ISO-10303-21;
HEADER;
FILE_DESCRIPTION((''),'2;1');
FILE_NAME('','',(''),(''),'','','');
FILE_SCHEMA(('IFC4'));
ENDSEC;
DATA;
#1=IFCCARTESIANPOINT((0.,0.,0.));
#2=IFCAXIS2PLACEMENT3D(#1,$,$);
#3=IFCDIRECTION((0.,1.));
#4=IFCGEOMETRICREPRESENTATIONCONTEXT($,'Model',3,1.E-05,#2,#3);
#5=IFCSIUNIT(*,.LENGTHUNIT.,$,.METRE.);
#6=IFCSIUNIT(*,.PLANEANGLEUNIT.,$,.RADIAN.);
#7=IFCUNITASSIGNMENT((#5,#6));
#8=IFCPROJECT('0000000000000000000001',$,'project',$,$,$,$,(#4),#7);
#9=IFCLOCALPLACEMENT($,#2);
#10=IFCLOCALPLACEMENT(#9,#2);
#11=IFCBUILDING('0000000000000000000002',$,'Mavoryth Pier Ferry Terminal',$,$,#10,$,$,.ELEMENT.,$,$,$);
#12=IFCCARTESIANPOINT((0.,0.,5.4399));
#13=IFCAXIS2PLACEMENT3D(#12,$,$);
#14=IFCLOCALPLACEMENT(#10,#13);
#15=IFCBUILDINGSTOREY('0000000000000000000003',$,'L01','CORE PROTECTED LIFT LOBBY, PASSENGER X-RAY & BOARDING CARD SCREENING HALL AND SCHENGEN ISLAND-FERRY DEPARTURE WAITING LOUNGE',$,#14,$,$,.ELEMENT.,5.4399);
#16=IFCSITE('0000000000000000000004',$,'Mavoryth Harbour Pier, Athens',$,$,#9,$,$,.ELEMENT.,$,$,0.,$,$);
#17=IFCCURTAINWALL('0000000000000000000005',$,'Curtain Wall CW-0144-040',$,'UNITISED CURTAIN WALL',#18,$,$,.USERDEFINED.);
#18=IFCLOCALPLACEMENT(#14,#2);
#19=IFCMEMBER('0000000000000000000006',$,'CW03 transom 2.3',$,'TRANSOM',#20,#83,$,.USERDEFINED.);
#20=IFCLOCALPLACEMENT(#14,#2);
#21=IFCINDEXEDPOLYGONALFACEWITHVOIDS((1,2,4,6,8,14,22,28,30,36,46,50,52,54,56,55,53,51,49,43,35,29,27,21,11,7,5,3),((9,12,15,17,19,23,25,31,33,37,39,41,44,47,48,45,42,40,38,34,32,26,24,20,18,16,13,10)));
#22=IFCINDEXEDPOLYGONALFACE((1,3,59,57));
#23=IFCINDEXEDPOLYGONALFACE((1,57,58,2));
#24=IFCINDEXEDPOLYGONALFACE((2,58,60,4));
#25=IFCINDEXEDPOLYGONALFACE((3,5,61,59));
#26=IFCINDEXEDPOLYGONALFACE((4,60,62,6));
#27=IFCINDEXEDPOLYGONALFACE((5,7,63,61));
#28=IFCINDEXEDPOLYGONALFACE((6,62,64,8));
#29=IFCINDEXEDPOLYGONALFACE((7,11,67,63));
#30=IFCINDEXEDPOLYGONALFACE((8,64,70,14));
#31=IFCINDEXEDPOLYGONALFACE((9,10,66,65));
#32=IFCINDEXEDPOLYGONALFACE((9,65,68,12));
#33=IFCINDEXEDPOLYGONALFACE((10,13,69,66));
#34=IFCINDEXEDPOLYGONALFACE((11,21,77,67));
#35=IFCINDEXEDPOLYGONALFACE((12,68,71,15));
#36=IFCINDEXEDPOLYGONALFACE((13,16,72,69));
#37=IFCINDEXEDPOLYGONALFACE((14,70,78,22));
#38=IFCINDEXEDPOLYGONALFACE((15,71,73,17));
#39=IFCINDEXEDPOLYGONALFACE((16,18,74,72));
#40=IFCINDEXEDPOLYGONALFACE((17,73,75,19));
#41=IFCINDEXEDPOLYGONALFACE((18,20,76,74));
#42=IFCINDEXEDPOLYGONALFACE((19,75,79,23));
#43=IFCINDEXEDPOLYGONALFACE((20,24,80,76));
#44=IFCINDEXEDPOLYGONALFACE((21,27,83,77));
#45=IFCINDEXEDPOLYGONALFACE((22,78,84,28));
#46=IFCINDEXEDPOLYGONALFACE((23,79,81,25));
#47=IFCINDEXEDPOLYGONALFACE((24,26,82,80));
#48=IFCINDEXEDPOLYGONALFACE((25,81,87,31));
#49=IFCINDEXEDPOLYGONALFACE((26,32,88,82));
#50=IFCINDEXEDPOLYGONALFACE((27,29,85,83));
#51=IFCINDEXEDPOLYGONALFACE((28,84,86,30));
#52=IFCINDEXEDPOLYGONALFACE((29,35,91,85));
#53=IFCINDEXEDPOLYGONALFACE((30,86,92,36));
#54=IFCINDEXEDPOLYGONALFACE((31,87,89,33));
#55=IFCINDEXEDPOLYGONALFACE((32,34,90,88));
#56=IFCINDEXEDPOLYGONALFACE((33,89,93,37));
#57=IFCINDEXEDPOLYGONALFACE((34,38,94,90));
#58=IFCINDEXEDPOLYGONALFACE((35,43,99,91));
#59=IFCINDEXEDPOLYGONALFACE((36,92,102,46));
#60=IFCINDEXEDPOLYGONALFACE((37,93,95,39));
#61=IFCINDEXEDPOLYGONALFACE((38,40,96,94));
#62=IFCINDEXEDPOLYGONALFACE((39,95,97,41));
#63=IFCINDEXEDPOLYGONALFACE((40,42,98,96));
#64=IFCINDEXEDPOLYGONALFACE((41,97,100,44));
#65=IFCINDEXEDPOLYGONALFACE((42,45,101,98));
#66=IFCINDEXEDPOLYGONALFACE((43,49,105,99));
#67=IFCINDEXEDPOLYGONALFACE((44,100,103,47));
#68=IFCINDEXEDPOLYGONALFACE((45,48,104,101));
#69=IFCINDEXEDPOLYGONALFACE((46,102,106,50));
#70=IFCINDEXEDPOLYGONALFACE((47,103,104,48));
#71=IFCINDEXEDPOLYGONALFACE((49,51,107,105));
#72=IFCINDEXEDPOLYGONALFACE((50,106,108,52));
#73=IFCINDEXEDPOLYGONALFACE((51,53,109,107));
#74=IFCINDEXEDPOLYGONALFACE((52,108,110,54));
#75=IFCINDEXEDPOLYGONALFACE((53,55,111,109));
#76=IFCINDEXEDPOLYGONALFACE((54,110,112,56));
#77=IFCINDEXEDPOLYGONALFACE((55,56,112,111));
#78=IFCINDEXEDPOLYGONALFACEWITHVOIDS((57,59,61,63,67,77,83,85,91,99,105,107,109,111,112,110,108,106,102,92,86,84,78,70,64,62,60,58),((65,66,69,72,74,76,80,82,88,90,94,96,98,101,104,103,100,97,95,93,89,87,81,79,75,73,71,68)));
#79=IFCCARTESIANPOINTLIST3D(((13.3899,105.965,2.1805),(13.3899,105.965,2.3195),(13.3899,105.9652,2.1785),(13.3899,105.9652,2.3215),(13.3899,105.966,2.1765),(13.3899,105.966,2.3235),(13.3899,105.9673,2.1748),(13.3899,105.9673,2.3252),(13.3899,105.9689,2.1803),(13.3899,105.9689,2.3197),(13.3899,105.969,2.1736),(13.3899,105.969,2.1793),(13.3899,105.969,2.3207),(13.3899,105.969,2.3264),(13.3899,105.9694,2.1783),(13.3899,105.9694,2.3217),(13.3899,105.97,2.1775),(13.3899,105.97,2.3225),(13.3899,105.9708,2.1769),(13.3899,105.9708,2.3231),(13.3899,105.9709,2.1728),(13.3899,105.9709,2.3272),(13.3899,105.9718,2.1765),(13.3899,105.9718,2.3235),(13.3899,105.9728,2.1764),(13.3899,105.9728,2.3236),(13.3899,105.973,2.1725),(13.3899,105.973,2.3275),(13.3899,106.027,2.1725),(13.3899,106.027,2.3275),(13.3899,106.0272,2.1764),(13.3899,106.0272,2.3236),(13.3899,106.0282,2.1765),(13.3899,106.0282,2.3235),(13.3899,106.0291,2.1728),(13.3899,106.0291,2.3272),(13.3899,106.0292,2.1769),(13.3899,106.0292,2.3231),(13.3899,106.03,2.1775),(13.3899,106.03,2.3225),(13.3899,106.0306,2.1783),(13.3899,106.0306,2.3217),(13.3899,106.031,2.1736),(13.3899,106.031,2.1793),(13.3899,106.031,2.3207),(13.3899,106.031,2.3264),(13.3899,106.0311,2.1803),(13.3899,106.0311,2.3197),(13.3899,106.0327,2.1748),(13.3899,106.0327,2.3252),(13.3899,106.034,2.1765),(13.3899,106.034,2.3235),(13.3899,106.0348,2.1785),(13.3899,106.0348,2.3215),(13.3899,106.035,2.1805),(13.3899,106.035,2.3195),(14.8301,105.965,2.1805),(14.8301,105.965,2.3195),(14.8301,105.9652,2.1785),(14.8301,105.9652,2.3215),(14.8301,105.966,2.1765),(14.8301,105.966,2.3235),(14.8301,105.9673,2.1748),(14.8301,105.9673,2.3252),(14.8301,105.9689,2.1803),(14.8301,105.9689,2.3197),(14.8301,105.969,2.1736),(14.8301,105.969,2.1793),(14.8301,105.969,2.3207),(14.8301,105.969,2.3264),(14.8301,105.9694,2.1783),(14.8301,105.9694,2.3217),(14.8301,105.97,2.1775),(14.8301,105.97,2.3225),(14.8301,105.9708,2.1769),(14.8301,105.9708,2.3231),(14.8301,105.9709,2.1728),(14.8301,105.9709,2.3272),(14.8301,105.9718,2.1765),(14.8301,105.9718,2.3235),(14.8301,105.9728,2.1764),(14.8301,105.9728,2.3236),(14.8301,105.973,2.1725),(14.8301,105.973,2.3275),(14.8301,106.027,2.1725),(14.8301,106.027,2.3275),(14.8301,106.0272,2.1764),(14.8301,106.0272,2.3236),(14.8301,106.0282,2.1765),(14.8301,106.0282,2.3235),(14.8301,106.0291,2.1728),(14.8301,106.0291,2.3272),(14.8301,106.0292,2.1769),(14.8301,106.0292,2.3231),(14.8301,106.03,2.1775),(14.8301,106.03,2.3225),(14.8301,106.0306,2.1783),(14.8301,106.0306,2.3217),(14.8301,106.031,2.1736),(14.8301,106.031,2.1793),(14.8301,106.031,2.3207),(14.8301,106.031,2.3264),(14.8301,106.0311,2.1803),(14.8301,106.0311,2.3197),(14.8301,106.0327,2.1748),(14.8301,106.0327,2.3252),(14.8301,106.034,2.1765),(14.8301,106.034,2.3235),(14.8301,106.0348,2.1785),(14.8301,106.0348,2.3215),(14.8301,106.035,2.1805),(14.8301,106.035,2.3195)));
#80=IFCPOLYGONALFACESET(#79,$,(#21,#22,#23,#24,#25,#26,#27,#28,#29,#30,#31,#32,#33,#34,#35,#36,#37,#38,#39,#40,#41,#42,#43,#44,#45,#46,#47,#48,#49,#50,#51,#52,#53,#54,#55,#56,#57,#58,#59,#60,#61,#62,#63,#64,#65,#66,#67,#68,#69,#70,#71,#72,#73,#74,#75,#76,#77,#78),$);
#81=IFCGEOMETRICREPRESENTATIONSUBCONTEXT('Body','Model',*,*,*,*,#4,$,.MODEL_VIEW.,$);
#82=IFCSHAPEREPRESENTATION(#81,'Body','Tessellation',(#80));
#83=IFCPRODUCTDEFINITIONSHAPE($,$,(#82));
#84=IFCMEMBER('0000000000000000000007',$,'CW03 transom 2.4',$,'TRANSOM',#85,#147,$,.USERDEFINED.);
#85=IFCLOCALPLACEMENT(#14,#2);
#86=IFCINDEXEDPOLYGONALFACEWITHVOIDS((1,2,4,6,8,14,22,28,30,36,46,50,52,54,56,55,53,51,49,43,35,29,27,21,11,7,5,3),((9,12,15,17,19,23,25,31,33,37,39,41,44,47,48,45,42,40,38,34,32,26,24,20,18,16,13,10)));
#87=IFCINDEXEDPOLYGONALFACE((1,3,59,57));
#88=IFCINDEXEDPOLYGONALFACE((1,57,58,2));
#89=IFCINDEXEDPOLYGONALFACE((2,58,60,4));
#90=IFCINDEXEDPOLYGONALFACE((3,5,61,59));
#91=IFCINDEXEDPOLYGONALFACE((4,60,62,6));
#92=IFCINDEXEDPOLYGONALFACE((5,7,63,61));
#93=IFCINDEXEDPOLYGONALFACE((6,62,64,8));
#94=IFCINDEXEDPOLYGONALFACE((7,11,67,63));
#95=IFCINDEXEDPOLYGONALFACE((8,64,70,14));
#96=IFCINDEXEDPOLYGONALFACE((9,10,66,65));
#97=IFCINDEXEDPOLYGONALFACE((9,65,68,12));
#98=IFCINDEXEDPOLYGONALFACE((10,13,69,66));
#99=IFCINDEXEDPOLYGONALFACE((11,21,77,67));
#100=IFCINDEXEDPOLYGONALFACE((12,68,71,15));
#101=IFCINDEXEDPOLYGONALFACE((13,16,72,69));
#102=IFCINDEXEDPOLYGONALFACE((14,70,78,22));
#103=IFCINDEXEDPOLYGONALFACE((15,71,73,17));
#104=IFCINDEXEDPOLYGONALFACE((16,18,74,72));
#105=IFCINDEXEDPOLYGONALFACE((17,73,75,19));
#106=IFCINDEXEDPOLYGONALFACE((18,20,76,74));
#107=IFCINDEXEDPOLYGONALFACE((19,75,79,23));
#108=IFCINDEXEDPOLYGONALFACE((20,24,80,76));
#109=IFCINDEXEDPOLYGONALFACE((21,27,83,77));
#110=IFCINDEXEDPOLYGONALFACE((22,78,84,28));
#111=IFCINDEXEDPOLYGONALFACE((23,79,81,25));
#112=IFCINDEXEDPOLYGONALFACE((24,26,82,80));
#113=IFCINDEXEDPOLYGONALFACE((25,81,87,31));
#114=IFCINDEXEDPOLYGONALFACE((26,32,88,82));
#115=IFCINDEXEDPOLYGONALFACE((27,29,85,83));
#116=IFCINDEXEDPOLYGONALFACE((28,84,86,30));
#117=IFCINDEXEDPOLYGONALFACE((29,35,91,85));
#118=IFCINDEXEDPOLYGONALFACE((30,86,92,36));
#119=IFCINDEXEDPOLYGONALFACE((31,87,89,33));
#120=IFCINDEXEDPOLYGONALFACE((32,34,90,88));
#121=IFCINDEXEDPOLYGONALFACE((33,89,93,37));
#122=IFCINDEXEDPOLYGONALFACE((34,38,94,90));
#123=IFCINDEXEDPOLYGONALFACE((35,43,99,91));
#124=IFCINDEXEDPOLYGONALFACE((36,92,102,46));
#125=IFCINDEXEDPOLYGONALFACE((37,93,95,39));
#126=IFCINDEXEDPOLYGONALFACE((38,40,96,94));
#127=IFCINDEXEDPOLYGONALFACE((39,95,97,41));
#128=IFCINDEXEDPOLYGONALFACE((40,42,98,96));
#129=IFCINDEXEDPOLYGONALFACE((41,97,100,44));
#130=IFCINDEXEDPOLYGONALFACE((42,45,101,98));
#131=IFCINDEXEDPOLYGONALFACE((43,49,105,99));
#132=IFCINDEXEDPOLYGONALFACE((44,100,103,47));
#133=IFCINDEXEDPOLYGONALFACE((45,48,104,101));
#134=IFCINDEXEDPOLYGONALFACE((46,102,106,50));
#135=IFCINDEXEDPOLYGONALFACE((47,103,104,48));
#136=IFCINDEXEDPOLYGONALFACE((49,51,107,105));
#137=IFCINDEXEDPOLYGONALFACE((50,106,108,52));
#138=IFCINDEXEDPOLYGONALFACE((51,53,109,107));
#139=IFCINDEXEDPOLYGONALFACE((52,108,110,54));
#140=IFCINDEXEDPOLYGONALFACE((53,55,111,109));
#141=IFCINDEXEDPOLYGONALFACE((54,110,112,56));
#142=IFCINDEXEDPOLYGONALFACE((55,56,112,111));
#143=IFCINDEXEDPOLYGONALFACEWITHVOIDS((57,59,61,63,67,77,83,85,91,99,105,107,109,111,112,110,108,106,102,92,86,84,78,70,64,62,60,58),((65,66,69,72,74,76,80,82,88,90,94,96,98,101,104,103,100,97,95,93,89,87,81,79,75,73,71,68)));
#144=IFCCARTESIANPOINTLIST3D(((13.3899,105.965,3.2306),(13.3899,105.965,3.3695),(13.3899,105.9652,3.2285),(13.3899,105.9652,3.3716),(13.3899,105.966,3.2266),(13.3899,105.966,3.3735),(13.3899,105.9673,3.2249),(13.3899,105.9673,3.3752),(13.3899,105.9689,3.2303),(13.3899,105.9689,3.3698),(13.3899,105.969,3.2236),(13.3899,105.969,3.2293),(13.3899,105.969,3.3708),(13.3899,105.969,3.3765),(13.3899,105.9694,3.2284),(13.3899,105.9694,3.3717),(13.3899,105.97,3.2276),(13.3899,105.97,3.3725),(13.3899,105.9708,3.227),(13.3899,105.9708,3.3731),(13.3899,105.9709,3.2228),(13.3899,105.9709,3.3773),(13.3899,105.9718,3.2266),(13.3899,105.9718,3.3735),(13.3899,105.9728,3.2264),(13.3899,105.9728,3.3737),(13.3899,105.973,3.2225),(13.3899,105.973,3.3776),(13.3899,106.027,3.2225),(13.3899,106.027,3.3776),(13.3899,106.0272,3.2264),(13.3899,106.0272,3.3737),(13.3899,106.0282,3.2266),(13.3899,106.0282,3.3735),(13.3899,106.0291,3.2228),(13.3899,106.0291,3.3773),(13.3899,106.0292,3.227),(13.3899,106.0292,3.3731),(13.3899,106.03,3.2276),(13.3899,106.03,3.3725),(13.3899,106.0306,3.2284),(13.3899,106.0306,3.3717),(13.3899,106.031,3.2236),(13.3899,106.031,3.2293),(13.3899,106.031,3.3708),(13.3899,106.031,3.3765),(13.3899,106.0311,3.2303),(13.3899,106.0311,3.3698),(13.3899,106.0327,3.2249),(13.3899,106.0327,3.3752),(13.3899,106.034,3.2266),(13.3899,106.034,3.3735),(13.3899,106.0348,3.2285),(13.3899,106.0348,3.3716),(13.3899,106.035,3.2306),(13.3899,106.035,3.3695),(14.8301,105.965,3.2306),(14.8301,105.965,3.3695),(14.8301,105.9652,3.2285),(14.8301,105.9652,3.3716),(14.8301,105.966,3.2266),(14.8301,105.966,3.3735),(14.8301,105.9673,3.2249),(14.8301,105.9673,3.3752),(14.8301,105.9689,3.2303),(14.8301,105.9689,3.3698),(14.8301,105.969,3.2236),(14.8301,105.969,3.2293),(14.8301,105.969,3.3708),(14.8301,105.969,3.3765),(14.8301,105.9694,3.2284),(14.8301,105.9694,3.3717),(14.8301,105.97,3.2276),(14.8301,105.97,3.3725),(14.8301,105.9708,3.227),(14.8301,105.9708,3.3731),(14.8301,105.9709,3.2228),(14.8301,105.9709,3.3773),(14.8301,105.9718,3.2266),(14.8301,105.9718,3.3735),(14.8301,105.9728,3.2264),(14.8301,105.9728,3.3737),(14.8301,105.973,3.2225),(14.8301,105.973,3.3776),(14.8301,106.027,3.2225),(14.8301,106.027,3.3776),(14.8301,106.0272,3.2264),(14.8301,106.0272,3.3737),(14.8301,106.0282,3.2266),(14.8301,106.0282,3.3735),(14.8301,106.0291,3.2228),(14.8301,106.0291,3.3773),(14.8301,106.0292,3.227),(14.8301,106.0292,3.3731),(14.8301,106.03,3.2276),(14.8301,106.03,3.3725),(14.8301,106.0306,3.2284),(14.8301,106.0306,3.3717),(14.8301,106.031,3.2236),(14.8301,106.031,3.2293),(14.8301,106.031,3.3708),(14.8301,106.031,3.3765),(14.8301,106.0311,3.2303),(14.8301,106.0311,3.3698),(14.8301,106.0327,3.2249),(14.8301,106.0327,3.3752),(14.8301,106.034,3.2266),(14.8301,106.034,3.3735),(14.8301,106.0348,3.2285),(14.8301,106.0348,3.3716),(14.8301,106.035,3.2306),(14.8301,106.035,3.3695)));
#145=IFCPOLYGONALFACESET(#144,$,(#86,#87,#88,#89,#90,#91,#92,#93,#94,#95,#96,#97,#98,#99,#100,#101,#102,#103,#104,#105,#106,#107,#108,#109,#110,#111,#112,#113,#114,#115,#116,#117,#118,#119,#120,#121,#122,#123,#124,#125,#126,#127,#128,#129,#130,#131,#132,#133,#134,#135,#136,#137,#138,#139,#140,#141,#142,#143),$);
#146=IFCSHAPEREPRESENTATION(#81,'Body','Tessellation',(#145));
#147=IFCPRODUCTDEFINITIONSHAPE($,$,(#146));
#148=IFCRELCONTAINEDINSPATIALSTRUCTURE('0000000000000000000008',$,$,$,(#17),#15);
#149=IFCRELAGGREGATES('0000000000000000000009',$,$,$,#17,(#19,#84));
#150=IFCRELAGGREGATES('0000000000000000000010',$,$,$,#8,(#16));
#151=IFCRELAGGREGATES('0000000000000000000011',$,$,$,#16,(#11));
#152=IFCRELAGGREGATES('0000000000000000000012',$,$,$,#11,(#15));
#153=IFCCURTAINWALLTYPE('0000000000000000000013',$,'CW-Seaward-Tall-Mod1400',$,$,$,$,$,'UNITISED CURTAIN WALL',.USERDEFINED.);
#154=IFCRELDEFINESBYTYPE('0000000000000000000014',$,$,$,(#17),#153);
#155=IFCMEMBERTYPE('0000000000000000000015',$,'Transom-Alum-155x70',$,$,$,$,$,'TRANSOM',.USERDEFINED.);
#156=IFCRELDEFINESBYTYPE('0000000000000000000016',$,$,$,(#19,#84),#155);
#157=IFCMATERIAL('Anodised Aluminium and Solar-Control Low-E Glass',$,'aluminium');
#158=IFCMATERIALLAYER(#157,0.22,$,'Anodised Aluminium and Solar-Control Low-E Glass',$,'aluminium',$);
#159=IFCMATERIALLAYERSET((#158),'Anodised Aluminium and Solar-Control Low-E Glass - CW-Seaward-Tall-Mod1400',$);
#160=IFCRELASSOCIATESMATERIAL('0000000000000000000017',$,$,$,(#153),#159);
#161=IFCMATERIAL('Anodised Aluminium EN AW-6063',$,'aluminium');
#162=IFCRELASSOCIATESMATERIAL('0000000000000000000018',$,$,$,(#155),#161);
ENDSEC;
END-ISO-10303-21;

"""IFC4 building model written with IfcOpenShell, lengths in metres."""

from ifc_helpers import new_model, si_unit, direction, frame, origin, origin_2d, place, context, subcontext, project, spatial, hollow_rectangle, extrude, material, layer, layer_set, material_profile, profile_set, type_object, element, aggregate, save


model = new_model("IFC4")

# Units and contexts
model_context = context("Model", 3, precision=1e-05, world=origin(), true_north=direction((0.0, 1.0)))
body_context = subcontext(model_context, "Body", "Model", "MODEL_VIEW")
ifc_project = project(units=[si_unit("LENGTHUNIT", "METRE"), si_unit("PLANEANGLEUNIT", "RADIAN")], contexts=[model_context])

# Site, building, storey
site_placement = place(None, origin())
site = spatial("IfcSite", under=ifc_project, at=site_placement, Name="Mavoryth Harbour Pier, Athens", CompositionType="ELEMENT", RefElevation=0.0)
building_placement = place(site_placement, origin())
building = spatial("IfcBuilding", under=site, at=building_placement, Name="Mavoryth Pier Ferry Terminal", CompositionType="ELEMENT")
storey_placement = place(building_placement, frame((0.0, 0.0, 5.4399)))
storey = spatial("IfcBuildingStorey", under=building, at=storey_placement, Name="L01", Description="CORE PROTECTED LIFT LOBBY, PASSENGER X-RAY & BOARDING CARD SCREENING HALL AND SCHENGEN ISLAND-FERRY DEPARTURE WAITING LOUNGE", CompositionType="ELEMENT", Elevation=5.4399)

# Curtain wall, members
ifc_material_1 = material(Name="Anodised Aluminium and Solar-Control Low-E Glass", Category="aluminium")
ifc_layer_1 = layer(ifc_material_1, 0.22, Name="Anodised Aluminium and Solar-Control Low-E Glass", Category="aluminium")
ifc_layer_set_1 = layer_set([ifc_layer_1], Name="Anodised Aluminium and Solar-Control Low-E Glass - CW-Seaward-Tall-Mod1400")
curtain_wall_type = type_object("IfcCurtainWallType", Name="CW-Seaward-Tall-Mod1400", ElementType="UNITISED CURTAIN WALL", PredefinedType="USERDEFINED", material=ifc_layer_set_1)
curtain_wall_placement = place(storey_placement, origin())
curtain_wall = element("IfcCurtainWall", 1, at=curtain_wall_placement, inside=storey, type_object=curtain_wall_type, Name="Curtain Wall CW-0144-040", ObjectType="UNITISED CURTAIN WALL", PredefinedType="USERDEFINED")
ifc_material_2 = material(Name="Anodised Aluminium EN AW-6063", Category="aluminium")
ifc_material_profile_1 = material_profile(ifc_material_2, hollow_rectangle(XDim=0.0701, YDim=0.155, WallThickness=0.0039, InnerFilletRadius=0.0039, OuterFilletRadius=0.0081, at=origin_2d()), Name="AL-TRAN 155x70x4", Category="aluminium")
ifc_profile_set_1 = profile_set([ifc_material_profile_1], Name="Anodised Aluminium EN AW-6063 - AL-TRAN 155x70x4")
member_type_1 = type_object("IfcMemberType", Name="Transom-Alum-155x70", ElementType="TRANSOM", PredefinedType="USERDEFINED", material=ifc_profile_set_1)
member_1_placement = place(storey_placement, frame((14.8301, 106.0, 2.25), z_axis=(-1.0, 0.0, 0.0), x_axis=(0.0, -1.0, 0.0)))
member_1 = element("IfcMember", 2, at=member_1_placement, type_object=member_type_1, Name="CW03 transom 2.3", ObjectType="TRANSOM", PredefinedType="USERDEFINED", context=body_context, shape_type="SweptSolid", body=[
    extrude(hollow_rectangle(XDim=0.0701, YDim=0.155, WallThickness=0.0039, InnerFilletRadius=0.0039, OuterFilletRadius=0.0081, at=origin_2d()), origin(), (0.0, 0.0, 1.0), 1.4402),
])
member_2_placement = place(storey_placement, frame((14.8301, 106.0, 3.3), z_axis=(-1.0, 0.0, 0.0), x_axis=(0.0, -1.0, 0.0)))
member_2 = element("IfcMember", 3, at=member_2_placement, type_object=member_type_1, Name="CW03 transom 2.4", ObjectType="TRANSOM", PredefinedType="USERDEFINED", context=body_context, shape_type="SweptSolid", body=[
    extrude(hollow_rectangle(XDim=0.0701, YDim=0.155, WallThickness=0.0039, InnerFilletRadius=0.0039, OuterFilletRadius=0.0081, at=origin_2d()), origin(), (0.0, 0.0, 1.0), 1.4402),
])
aggregate(curtain_wall, [member_1, member_2])

save(model, "model.ifc")
